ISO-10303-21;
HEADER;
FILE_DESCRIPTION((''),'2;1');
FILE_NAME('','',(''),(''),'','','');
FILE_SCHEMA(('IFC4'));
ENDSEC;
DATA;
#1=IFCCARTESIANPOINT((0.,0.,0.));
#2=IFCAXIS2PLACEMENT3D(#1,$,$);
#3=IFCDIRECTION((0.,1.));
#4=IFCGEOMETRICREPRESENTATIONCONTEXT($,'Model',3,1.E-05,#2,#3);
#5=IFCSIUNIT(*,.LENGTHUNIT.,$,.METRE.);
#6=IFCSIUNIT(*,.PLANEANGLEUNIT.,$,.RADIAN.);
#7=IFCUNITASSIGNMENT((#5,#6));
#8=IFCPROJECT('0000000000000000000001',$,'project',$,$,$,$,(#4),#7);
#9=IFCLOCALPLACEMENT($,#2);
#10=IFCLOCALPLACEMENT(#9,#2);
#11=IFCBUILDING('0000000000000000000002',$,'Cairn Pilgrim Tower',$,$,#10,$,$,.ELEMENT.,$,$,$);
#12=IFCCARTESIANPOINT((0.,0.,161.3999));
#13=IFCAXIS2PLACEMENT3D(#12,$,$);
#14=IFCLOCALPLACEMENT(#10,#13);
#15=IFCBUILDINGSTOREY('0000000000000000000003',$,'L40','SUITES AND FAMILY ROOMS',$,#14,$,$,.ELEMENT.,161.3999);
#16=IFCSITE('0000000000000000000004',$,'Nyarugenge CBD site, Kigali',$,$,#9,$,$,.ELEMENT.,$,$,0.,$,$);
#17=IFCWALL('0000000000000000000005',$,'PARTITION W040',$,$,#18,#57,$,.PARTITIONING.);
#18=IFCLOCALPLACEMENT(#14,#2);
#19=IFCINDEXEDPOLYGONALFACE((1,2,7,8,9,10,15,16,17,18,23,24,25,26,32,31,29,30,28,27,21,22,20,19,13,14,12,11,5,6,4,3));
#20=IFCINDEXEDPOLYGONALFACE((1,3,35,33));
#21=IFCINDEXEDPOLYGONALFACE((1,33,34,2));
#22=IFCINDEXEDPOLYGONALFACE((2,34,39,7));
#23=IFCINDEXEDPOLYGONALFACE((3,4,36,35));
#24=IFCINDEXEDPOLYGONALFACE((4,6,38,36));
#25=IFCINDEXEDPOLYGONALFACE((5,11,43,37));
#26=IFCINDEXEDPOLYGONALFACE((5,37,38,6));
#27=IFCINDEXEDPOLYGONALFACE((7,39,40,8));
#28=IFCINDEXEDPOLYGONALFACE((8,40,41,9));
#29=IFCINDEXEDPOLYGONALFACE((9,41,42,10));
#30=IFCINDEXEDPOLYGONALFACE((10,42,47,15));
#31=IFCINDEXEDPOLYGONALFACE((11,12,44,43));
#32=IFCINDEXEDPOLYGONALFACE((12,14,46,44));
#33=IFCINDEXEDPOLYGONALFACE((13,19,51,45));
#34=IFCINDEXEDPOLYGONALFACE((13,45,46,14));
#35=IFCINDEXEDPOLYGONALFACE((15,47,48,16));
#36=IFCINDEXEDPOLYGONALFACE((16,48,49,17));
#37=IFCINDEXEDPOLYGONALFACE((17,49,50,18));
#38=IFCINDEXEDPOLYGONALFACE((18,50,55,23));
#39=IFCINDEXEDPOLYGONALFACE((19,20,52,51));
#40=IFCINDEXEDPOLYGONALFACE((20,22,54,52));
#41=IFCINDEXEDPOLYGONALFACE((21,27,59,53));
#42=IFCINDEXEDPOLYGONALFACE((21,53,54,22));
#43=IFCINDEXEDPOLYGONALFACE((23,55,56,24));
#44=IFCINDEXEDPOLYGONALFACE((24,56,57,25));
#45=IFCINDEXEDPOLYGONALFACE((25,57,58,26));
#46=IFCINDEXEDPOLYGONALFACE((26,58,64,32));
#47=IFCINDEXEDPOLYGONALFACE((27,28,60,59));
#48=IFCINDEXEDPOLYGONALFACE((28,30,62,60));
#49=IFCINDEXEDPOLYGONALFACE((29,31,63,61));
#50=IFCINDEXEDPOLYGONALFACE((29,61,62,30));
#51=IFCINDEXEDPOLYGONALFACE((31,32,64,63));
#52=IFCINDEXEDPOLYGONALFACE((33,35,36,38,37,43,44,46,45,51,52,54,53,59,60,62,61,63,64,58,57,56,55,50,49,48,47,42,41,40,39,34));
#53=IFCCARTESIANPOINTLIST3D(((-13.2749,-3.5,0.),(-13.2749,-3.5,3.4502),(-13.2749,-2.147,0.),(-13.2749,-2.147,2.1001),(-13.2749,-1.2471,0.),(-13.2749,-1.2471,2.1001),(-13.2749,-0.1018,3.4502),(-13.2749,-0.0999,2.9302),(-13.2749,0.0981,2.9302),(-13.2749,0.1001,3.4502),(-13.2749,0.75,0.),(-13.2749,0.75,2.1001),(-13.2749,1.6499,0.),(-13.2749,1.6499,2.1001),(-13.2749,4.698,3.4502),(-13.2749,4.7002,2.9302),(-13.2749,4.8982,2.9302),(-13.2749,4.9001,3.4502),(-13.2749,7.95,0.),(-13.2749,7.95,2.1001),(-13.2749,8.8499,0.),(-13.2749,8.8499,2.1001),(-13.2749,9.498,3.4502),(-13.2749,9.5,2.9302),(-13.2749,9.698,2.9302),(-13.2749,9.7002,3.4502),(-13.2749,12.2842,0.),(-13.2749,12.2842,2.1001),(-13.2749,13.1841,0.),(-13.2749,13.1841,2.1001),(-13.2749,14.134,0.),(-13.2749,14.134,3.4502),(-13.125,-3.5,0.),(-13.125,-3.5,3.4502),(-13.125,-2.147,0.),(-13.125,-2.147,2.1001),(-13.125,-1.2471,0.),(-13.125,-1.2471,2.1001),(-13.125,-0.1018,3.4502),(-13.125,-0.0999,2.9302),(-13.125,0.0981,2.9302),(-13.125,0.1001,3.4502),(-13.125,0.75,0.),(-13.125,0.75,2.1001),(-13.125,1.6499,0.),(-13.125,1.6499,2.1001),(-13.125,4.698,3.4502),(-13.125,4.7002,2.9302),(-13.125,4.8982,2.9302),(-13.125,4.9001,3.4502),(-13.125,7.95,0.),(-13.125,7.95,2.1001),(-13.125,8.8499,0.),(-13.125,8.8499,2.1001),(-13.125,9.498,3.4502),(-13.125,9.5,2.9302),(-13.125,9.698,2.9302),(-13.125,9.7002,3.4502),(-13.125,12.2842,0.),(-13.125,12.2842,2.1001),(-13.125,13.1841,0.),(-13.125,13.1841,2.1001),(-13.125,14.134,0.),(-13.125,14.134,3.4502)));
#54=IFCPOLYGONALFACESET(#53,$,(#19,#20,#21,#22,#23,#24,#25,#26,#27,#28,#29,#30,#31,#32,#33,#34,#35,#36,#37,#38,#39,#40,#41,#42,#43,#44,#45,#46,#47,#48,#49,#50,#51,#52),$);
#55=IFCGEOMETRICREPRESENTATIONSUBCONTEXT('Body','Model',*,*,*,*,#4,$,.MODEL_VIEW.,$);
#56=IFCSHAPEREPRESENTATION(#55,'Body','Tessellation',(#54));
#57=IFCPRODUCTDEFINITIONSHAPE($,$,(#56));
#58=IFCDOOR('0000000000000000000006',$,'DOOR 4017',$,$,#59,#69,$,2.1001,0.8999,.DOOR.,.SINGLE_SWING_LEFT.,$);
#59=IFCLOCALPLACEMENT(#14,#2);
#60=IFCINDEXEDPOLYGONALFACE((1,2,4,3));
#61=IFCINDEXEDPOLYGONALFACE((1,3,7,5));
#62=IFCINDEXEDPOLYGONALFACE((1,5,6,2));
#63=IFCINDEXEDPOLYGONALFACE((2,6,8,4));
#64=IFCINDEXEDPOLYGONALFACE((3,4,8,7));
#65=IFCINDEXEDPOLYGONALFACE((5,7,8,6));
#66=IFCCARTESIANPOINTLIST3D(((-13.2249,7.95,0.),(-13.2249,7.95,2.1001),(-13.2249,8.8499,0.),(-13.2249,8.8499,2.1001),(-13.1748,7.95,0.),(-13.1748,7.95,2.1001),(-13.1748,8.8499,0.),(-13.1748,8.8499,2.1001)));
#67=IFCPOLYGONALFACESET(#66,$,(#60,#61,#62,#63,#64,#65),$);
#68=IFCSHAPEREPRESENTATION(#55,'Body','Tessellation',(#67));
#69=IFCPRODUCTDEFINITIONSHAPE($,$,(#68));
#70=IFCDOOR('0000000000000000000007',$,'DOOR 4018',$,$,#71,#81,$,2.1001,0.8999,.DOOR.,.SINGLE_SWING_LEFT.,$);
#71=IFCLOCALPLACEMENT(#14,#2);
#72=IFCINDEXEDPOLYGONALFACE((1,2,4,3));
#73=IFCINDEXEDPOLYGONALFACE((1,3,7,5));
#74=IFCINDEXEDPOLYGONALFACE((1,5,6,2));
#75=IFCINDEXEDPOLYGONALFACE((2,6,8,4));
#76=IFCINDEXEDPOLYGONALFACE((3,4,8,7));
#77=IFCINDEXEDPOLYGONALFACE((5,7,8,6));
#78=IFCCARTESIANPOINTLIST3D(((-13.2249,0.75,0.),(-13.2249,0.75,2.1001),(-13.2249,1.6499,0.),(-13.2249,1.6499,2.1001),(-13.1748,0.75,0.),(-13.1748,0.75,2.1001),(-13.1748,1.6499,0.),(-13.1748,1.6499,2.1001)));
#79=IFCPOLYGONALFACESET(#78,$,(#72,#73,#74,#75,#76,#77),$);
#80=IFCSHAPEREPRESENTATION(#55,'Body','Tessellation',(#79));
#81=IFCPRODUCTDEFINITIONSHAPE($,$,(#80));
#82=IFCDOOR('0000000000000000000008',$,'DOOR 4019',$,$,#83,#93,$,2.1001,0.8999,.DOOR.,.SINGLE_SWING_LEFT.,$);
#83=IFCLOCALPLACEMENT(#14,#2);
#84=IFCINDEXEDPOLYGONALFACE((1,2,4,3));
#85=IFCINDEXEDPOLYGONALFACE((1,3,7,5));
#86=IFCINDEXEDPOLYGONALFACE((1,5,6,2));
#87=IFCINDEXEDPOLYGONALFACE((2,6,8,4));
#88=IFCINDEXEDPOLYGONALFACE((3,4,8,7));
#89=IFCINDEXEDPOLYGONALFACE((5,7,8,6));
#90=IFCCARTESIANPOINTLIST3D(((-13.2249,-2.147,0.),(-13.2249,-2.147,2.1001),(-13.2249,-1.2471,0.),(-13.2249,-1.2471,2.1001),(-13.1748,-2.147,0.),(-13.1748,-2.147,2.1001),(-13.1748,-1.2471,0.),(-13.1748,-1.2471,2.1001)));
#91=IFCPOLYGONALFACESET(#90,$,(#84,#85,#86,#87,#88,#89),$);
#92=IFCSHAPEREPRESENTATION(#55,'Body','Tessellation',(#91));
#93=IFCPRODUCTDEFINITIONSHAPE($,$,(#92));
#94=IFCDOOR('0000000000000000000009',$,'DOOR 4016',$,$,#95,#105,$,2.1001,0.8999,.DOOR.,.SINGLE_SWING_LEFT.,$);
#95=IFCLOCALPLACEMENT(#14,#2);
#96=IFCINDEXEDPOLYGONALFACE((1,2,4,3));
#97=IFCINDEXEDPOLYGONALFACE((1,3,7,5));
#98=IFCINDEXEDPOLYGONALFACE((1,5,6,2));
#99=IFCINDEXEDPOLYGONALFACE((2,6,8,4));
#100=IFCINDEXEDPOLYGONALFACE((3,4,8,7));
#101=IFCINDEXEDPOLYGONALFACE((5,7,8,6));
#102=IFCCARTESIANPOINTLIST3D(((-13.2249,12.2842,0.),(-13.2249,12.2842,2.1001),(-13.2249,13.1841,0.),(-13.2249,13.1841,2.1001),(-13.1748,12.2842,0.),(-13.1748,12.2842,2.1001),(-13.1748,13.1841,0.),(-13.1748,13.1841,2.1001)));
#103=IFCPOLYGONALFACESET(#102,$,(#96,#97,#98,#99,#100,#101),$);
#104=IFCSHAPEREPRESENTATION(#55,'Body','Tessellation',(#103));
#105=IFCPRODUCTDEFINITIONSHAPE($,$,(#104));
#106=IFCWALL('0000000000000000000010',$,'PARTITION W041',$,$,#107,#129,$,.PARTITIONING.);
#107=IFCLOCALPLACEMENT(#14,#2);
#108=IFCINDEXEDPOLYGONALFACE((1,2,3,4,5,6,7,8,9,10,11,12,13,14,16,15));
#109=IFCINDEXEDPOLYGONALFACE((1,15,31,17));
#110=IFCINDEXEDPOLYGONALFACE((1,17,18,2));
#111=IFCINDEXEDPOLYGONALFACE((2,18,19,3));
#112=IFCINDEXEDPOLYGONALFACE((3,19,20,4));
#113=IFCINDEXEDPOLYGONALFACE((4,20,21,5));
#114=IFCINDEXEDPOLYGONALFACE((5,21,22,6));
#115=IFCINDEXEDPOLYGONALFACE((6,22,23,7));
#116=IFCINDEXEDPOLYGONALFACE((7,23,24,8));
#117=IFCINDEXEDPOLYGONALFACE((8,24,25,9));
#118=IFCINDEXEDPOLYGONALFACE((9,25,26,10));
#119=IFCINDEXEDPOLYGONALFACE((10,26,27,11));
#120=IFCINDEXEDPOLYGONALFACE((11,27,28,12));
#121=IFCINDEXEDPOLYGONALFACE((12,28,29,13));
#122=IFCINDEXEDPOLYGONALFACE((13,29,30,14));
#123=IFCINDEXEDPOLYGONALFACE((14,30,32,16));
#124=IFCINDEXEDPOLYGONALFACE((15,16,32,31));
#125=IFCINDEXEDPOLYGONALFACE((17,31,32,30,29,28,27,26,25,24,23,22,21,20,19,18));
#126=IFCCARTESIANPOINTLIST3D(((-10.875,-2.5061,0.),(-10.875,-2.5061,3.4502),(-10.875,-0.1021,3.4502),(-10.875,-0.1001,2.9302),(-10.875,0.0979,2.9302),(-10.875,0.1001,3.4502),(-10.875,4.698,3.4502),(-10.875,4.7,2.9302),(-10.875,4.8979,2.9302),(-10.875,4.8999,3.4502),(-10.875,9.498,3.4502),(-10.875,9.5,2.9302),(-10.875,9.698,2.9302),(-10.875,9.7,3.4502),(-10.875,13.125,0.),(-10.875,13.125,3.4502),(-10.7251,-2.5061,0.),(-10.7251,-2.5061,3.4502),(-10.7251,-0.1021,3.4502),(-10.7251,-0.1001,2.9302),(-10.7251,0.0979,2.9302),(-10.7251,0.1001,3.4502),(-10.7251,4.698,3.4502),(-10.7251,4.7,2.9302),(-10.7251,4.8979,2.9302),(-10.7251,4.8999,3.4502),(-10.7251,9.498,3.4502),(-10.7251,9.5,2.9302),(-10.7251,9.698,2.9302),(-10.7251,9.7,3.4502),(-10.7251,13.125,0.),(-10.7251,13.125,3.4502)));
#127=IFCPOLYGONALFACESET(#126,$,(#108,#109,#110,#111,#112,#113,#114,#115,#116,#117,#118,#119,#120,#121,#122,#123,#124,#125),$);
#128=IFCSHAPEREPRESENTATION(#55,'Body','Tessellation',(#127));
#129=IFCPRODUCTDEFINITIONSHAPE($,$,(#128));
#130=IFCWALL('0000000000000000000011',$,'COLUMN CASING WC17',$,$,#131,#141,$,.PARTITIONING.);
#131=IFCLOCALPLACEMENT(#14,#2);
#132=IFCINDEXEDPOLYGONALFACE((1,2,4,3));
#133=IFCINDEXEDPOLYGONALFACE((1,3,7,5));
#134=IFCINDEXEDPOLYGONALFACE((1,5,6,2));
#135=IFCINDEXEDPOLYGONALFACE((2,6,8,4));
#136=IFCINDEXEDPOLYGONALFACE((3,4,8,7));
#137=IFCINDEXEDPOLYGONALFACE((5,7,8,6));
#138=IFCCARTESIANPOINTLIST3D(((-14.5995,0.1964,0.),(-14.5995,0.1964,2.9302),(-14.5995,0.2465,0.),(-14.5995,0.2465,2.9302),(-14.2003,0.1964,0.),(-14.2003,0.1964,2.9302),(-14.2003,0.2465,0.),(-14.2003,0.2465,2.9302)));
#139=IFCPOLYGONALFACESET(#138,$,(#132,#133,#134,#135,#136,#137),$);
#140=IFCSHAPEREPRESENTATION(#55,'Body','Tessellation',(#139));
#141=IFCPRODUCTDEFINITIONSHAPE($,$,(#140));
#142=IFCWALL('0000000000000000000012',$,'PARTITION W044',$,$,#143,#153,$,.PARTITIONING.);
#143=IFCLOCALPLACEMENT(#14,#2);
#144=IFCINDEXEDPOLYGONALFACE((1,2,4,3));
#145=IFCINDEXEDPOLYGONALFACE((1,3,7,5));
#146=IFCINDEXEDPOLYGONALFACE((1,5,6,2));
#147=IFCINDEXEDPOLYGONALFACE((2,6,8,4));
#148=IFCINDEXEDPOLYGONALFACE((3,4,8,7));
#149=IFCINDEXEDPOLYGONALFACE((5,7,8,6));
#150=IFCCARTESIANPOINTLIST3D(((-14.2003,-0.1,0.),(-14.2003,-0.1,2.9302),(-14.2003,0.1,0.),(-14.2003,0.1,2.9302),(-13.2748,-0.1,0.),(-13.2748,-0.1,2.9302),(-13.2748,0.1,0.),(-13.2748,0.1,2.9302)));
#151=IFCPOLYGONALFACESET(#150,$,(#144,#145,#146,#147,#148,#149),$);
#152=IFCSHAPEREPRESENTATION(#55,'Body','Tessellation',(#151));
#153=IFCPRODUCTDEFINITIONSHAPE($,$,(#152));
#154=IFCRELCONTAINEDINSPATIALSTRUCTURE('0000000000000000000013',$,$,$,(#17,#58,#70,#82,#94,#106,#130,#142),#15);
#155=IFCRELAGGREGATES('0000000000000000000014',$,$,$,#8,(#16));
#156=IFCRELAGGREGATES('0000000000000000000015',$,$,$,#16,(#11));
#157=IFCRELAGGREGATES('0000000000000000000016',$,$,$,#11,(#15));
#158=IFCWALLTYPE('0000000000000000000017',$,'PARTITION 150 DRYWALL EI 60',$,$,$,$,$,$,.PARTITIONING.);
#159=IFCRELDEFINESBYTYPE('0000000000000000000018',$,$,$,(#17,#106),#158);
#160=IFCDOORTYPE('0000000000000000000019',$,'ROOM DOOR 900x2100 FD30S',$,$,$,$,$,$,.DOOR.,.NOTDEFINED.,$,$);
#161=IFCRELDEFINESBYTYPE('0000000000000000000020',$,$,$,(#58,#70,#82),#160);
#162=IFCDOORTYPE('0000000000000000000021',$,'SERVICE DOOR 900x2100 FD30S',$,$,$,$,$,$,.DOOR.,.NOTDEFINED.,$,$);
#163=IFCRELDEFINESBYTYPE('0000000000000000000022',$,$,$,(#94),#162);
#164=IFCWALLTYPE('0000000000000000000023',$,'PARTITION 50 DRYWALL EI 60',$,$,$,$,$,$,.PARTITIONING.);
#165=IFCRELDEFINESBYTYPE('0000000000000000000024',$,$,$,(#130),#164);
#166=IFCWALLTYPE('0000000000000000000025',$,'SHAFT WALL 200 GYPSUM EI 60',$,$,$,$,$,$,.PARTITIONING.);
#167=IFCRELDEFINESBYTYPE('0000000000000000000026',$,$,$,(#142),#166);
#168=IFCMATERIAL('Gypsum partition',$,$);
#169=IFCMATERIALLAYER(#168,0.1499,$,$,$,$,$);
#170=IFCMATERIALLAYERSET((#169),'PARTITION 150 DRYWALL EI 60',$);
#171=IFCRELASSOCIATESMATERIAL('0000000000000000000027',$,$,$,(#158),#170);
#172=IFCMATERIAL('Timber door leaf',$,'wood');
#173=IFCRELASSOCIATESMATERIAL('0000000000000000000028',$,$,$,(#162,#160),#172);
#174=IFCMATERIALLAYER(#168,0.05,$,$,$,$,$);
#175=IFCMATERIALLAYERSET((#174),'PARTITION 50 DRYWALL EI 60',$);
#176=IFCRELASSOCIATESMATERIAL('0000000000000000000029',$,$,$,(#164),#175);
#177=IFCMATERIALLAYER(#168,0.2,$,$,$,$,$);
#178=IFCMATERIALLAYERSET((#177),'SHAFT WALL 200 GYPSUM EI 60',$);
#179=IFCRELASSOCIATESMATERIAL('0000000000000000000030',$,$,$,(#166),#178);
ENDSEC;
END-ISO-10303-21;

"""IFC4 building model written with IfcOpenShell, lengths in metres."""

from ifc_helpers import new_model, si_unit, direction, frame, frame_2d, origin, place, context, subcontext, project, spatial, polyline, rectangle, outline, extrude, material, layer, layer_set, type_object, element, fill, save


model = new_model("IFC4")

# Units and contexts
model_context = context("Model", 3, precision=1e-05, world=origin(), true_north=direction((0.0, 1.0)))
body_context = subcontext(model_context, "Body", "Model", "MODEL_VIEW")
ifc_project = project(units=[si_unit("LENGTHUNIT", "METRE"), si_unit("PLANEANGLEUNIT", "RADIAN")], contexts=[model_context])

# Site, building, storey
site_placement = place(None, origin())
site = spatial("IfcSite", under=ifc_project, at=site_placement, Name="Nyarugenge CBD site, Kigali", CompositionType="ELEMENT", RefElevation=0.0)
building_placement = place(site_placement, origin())
building = spatial("IfcBuilding", under=site, at=building_placement, Name="Cairn Pilgrim Tower", CompositionType="ELEMENT")
storey_placement = place(building_placement, frame((0.0, 0.0, 161.3999)))
storey = spatial("IfcBuildingStorey", under=building, at=storey_placement, Name="L40", Description="SUITES AND FAMILY ROOMS", CompositionType="ELEMENT", Elevation=161.3999)

# Shared definitions
ifc_material_1 = material(Name="Gypsum partition")

# Shared definitions
ifc_material_2 = material(Name="Timber door leaf", Category="wood")

# Shared definitions
ifc_layer_1 = layer(ifc_material_1, 0.1499)
ifc_layer_set_1 = layer_set([ifc_layer_1], Name="PARTITION 150 DRYWALL EI 60")
wall_type_1 = type_object("IfcWallType", Name="PARTITION 150 DRYWALL EI 60", PredefinedType="PARTITIONING", material=ifc_layer_set_1)

# Shared definitions
door_type_1 = type_object("IfcDoorType", Name="SERVICE DOOR 900x2100 FD30S", OperationType="NOTDEFINED", PredefinedType="DOOR", material=ifc_material_2)

# Wall, openings, doors
wall_1_placement = place(storey_placement, frame((-13.2, -3.5, 0.0), z_axis=(0.0, 0.0, 1.0), x_axis=(0.0, 1.0, 0.0)))
wall_1 = element("IfcWall", 1, at=wall_1_placement, inside=storey, type_object=wall_type_1, Name="PARTITION W040", PredefinedType="PARTITIONING", context=body_context, shape_type="SweptSolid", body=[
    extrude(outline(polyline([(0.0, 0.0), (17.634, 0.0), (17.634, 3.4502), (13.2002, 3.4502), (13.198, 2.9302), (13.0, 2.9302), (12.998, 3.4502), (8.4001, 3.4502), (8.3982, 2.9302), (8.2002, 2.9302), (8.198, 3.4502), (3.6001, 3.4502), (3.5981, 2.9302), (3.4001, 2.9302), (3.3982, 3.4502), (0.0, 3.4502), (0.0, 0.0)])), frame((0.0, 0.075, 0.0), z_axis=(0.0, -1.0, 0.0), x_axis=(1.0, 0.0, 0.0)), (0.0, 0.0, 1.0), 0.1499),
])
opening_1_placement = place(wall_1_placement, frame((15.7842, 0.0, 0.0)))
opening_1 = element("IfcOpeningElement", 2, at=opening_1_placement, cuts=wall_1, PredefinedType="OPENING", context=body_context, shape_type="SweptSolid", body=[
    extrude(rectangle(XDim=0.8999, YDim=2.1001, at=frame_2d((0.45, 1.05))), frame((0.0, 0.085, 0.0), z_axis=(0.0, -1.0, 0.0), x_axis=(1.0, 0.0, 0.0)), (0.0, 0.0, 1.0), 0.1699),
])
opening_2_placement = place(wall_1_placement, frame((11.45, 0.0, 0.0)))
opening_2 = element("IfcOpeningElement", 3, at=opening_2_placement, cuts=wall_1, PredefinedType="OPENING", context=body_context, shape_type="SweptSolid", body=[
    extrude(rectangle(XDim=0.8999, YDim=2.1001, at=frame_2d((0.45, 1.05))), frame((0.0, 0.085, 0.0), z_axis=(0.0, -1.0, 0.0), x_axis=(1.0, 0.0, 0.0)), (0.0, 0.0, 1.0), 0.1699),
])
opening_3_placement = place(wall_1_placement, frame((4.25, 0.0, 0.0)))
opening_3 = element("IfcOpeningElement", 4, at=opening_3_placement, cuts=wall_1, PredefinedType="OPENING", context=body_context, shape_type="SweptSolid", body=[
    extrude(rectangle(XDim=0.8999, YDim=2.1001, at=frame_2d((0.45, 1.05))), frame((0.0, 0.085, 0.0), z_axis=(0.0, -1.0, 0.0), x_axis=(1.0, 0.0, 0.0)), (0.0, 0.0, 1.0), 0.1699),
])
opening_4_placement = place(wall_1_placement, frame((1.353, 0.0, 0.0)))
opening_4 = element("IfcOpeningElement", 5, at=opening_4_placement, cuts=wall_1, PredefinedType="OPENING", context=body_context, shape_type="SweptSolid", body=[
    extrude(rectangle(XDim=0.8999, YDim=2.1001, at=frame_2d((0.45, 1.05))), frame((0.0, 0.085, 0.0), z_axis=(0.0, -1.0, 0.0), x_axis=(1.0, 0.0, 0.0)), (0.0, 0.0, 1.0), 0.1699),
])
door_type_2 = type_object("IfcDoorType", Name="ROOM DOOR 900x2100 FD30S", OperationType="NOTDEFINED", PredefinedType="DOOR", material=ifc_material_2)
door_1_placement = place(opening_2_placement, origin())
door_1 = element("IfcDoor", 6, at=door_1_placement, inside=storey, type_object=door_type_2, Name="DOOR 4017", OperationType="SINGLE_SWING_LEFT", OverallHeight=2.1001, OverallWidth=0.8999, PredefinedType="DOOR", context=body_context, shape_type="SweptSolid", body=[
    extrude(rectangle(XDim=0.8999, YDim=2.1001, at=frame_2d((0.45, 1.05))), frame((0.0, 0.0249, 0.0), z_axis=(0.0, -1.0, 0.0), x_axis=(1.0, 0.0, 0.0)), (0.0, 0.0, 1.0), 0.05),
])
fill(opening_2, door_1)
door_2_placement = place(opening_3_placement, origin())
door_2 = element("IfcDoor", 7, at=door_2_placement, inside=storey, type_object=door_type_2, Name="DOOR 4018", OperationType="SINGLE_SWING_LEFT", OverallHeight=2.1001, OverallWidth=0.8999, PredefinedType="DOOR", context=body_context, shape_type="SweptSolid", body=[
    extrude(rectangle(XDim=0.8999, YDim=2.1001, at=frame_2d((0.45, 1.05))), frame((0.0, 0.0249, 0.0), z_axis=(0.0, -1.0, 0.0), x_axis=(1.0, 0.0, 0.0)), (0.0, 0.0, 1.0), 0.05),
])
fill(opening_3, door_2)
door_3_placement = place(opening_4_placement, origin())
door_3 = element("IfcDoor", 8, at=door_3_placement, inside=storey, type_object=door_type_2, Name="DOOR 4019", OperationType="SINGLE_SWING_LEFT", OverallHeight=2.1001, OverallWidth=0.8999, PredefinedType="DOOR", context=body_context, shape_type="SweptSolid", body=[
    extrude(rectangle(XDim=0.8999, YDim=2.1001, at=frame_2d((0.45, 1.05))), frame((0.0, 0.0249, 0.0), z_axis=(0.0, -1.0, 0.0), x_axis=(1.0, 0.0, 0.0)), (0.0, 0.0, 1.0), 0.05),
])
fill(opening_4, door_3)
door_4_placement = place(opening_1_placement, origin())
door_4 = element("IfcDoor", 9, at=door_4_placement, inside=storey, type_object=door_type_1, Name="DOOR 4016", OperationType="SINGLE_SWING_LEFT", OverallHeight=2.1001, OverallWidth=0.8999, PredefinedType="DOOR", context=body_context, shape_type="SweptSolid", body=[
    extrude(rectangle(XDim=0.8999, YDim=2.1001, at=frame_2d((0.45, 1.05))), frame((0.0, 0.0249, 0.0), z_axis=(0.0, -1.0, 0.0), x_axis=(1.0, 0.0, 0.0)), (0.0, 0.0, 1.0), 0.05),
])
fill(opening_1, door_4)

# Walls
wall_2_placement = place(storey_placement, frame((-10.8, -2.5061, 0.0), z_axis=(0.0, 0.0, 1.0), x_axis=(0.0, 1.0, 0.0)))
element("IfcWall", 10, at=wall_2_placement, inside=storey, type_object=wall_type_1, Name="PARTITION W041", PredefinedType="PARTITIONING", context=body_context, shape_type="SweptSolid", body=[
    extrude(outline(polyline([(0.0, 0.0), (15.6311, 0.0), (15.6311, 3.4502), (12.2061, 3.4502), (12.2041, 2.9302), (12.0061, 2.9302), (12.0042, 3.4502), (7.406, 3.4502), (7.4041, 2.9302), (7.2061, 2.9302), (7.2041, 3.4502), (2.6062, 3.4502), (2.604, 2.9302), (2.406, 2.9302), (2.4041, 3.4502), (0.0, 3.4502), (0.0, 0.0)])), frame((0.0, 0.075, 0.0), z_axis=(0.0, -1.0, 0.0), x_axis=(1.0, 0.0, 0.0)), (0.0, 0.0, 1.0), 0.1499),
])
ifc_layer_2 = layer(ifc_material_1, 0.05)
ifc_layer_set_2 = layer_set([ifc_layer_2], Name="PARTITION 50 DRYWALL EI 60")
wall_type_2 = type_object("IfcWallType", Name="PARTITION 50 DRYWALL EI 60", PredefinedType="PARTITIONING", material=ifc_layer_set_2)
wall_3_placement = place(storey_placement, frame((-14.5996, 0.2214, 0.0), z_axis=(0.0, 0.0, 1.0), x_axis=(1.0, 0.0, 0.0)))
element("IfcWall", 11, at=wall_3_placement, inside=storey, type_object=wall_type_2, Name="COLUMN CASING WC17", PredefinedType="PARTITIONING", context=body_context, shape_type="SweptSolid", body=[
    extrude(rectangle(XDim=0.3992, YDim=0.05, at=frame_2d((0.1997, 0.0))), origin(), (0.0, 0.0, 1.0), 2.9302),
])
ifc_layer_3 = layer(ifc_material_1, 0.2)
ifc_layer_set_3 = layer_set([ifc_layer_3], Name="SHAFT WALL 200 GYPSUM EI 60")
wall_type_3 = type_object("IfcWallType", Name="SHAFT WALL 200 GYPSUM EI 60", PredefinedType="PARTITIONING", material=ifc_layer_set_3)
wall_4_placement = place(storey_placement, frame((-14.2004, 0.0, 0.0), z_axis=(0.0, 0.0, 1.0), x_axis=(1.0, 0.0, 0.0)))
element("IfcWall", 12, at=wall_4_placement, inside=storey, type_object=wall_type_3, Name="PARTITION W044", PredefinedType="PARTITIONING", context=body_context, shape_type="SweptSolid", body=[
    extrude(rectangle(XDim=0.9255, YDim=0.2, at=frame_2d((0.4629, 0.0))), origin(), (0.0, 0.0, 1.0), 2.9302),
])

save(model, "model.ifc")
